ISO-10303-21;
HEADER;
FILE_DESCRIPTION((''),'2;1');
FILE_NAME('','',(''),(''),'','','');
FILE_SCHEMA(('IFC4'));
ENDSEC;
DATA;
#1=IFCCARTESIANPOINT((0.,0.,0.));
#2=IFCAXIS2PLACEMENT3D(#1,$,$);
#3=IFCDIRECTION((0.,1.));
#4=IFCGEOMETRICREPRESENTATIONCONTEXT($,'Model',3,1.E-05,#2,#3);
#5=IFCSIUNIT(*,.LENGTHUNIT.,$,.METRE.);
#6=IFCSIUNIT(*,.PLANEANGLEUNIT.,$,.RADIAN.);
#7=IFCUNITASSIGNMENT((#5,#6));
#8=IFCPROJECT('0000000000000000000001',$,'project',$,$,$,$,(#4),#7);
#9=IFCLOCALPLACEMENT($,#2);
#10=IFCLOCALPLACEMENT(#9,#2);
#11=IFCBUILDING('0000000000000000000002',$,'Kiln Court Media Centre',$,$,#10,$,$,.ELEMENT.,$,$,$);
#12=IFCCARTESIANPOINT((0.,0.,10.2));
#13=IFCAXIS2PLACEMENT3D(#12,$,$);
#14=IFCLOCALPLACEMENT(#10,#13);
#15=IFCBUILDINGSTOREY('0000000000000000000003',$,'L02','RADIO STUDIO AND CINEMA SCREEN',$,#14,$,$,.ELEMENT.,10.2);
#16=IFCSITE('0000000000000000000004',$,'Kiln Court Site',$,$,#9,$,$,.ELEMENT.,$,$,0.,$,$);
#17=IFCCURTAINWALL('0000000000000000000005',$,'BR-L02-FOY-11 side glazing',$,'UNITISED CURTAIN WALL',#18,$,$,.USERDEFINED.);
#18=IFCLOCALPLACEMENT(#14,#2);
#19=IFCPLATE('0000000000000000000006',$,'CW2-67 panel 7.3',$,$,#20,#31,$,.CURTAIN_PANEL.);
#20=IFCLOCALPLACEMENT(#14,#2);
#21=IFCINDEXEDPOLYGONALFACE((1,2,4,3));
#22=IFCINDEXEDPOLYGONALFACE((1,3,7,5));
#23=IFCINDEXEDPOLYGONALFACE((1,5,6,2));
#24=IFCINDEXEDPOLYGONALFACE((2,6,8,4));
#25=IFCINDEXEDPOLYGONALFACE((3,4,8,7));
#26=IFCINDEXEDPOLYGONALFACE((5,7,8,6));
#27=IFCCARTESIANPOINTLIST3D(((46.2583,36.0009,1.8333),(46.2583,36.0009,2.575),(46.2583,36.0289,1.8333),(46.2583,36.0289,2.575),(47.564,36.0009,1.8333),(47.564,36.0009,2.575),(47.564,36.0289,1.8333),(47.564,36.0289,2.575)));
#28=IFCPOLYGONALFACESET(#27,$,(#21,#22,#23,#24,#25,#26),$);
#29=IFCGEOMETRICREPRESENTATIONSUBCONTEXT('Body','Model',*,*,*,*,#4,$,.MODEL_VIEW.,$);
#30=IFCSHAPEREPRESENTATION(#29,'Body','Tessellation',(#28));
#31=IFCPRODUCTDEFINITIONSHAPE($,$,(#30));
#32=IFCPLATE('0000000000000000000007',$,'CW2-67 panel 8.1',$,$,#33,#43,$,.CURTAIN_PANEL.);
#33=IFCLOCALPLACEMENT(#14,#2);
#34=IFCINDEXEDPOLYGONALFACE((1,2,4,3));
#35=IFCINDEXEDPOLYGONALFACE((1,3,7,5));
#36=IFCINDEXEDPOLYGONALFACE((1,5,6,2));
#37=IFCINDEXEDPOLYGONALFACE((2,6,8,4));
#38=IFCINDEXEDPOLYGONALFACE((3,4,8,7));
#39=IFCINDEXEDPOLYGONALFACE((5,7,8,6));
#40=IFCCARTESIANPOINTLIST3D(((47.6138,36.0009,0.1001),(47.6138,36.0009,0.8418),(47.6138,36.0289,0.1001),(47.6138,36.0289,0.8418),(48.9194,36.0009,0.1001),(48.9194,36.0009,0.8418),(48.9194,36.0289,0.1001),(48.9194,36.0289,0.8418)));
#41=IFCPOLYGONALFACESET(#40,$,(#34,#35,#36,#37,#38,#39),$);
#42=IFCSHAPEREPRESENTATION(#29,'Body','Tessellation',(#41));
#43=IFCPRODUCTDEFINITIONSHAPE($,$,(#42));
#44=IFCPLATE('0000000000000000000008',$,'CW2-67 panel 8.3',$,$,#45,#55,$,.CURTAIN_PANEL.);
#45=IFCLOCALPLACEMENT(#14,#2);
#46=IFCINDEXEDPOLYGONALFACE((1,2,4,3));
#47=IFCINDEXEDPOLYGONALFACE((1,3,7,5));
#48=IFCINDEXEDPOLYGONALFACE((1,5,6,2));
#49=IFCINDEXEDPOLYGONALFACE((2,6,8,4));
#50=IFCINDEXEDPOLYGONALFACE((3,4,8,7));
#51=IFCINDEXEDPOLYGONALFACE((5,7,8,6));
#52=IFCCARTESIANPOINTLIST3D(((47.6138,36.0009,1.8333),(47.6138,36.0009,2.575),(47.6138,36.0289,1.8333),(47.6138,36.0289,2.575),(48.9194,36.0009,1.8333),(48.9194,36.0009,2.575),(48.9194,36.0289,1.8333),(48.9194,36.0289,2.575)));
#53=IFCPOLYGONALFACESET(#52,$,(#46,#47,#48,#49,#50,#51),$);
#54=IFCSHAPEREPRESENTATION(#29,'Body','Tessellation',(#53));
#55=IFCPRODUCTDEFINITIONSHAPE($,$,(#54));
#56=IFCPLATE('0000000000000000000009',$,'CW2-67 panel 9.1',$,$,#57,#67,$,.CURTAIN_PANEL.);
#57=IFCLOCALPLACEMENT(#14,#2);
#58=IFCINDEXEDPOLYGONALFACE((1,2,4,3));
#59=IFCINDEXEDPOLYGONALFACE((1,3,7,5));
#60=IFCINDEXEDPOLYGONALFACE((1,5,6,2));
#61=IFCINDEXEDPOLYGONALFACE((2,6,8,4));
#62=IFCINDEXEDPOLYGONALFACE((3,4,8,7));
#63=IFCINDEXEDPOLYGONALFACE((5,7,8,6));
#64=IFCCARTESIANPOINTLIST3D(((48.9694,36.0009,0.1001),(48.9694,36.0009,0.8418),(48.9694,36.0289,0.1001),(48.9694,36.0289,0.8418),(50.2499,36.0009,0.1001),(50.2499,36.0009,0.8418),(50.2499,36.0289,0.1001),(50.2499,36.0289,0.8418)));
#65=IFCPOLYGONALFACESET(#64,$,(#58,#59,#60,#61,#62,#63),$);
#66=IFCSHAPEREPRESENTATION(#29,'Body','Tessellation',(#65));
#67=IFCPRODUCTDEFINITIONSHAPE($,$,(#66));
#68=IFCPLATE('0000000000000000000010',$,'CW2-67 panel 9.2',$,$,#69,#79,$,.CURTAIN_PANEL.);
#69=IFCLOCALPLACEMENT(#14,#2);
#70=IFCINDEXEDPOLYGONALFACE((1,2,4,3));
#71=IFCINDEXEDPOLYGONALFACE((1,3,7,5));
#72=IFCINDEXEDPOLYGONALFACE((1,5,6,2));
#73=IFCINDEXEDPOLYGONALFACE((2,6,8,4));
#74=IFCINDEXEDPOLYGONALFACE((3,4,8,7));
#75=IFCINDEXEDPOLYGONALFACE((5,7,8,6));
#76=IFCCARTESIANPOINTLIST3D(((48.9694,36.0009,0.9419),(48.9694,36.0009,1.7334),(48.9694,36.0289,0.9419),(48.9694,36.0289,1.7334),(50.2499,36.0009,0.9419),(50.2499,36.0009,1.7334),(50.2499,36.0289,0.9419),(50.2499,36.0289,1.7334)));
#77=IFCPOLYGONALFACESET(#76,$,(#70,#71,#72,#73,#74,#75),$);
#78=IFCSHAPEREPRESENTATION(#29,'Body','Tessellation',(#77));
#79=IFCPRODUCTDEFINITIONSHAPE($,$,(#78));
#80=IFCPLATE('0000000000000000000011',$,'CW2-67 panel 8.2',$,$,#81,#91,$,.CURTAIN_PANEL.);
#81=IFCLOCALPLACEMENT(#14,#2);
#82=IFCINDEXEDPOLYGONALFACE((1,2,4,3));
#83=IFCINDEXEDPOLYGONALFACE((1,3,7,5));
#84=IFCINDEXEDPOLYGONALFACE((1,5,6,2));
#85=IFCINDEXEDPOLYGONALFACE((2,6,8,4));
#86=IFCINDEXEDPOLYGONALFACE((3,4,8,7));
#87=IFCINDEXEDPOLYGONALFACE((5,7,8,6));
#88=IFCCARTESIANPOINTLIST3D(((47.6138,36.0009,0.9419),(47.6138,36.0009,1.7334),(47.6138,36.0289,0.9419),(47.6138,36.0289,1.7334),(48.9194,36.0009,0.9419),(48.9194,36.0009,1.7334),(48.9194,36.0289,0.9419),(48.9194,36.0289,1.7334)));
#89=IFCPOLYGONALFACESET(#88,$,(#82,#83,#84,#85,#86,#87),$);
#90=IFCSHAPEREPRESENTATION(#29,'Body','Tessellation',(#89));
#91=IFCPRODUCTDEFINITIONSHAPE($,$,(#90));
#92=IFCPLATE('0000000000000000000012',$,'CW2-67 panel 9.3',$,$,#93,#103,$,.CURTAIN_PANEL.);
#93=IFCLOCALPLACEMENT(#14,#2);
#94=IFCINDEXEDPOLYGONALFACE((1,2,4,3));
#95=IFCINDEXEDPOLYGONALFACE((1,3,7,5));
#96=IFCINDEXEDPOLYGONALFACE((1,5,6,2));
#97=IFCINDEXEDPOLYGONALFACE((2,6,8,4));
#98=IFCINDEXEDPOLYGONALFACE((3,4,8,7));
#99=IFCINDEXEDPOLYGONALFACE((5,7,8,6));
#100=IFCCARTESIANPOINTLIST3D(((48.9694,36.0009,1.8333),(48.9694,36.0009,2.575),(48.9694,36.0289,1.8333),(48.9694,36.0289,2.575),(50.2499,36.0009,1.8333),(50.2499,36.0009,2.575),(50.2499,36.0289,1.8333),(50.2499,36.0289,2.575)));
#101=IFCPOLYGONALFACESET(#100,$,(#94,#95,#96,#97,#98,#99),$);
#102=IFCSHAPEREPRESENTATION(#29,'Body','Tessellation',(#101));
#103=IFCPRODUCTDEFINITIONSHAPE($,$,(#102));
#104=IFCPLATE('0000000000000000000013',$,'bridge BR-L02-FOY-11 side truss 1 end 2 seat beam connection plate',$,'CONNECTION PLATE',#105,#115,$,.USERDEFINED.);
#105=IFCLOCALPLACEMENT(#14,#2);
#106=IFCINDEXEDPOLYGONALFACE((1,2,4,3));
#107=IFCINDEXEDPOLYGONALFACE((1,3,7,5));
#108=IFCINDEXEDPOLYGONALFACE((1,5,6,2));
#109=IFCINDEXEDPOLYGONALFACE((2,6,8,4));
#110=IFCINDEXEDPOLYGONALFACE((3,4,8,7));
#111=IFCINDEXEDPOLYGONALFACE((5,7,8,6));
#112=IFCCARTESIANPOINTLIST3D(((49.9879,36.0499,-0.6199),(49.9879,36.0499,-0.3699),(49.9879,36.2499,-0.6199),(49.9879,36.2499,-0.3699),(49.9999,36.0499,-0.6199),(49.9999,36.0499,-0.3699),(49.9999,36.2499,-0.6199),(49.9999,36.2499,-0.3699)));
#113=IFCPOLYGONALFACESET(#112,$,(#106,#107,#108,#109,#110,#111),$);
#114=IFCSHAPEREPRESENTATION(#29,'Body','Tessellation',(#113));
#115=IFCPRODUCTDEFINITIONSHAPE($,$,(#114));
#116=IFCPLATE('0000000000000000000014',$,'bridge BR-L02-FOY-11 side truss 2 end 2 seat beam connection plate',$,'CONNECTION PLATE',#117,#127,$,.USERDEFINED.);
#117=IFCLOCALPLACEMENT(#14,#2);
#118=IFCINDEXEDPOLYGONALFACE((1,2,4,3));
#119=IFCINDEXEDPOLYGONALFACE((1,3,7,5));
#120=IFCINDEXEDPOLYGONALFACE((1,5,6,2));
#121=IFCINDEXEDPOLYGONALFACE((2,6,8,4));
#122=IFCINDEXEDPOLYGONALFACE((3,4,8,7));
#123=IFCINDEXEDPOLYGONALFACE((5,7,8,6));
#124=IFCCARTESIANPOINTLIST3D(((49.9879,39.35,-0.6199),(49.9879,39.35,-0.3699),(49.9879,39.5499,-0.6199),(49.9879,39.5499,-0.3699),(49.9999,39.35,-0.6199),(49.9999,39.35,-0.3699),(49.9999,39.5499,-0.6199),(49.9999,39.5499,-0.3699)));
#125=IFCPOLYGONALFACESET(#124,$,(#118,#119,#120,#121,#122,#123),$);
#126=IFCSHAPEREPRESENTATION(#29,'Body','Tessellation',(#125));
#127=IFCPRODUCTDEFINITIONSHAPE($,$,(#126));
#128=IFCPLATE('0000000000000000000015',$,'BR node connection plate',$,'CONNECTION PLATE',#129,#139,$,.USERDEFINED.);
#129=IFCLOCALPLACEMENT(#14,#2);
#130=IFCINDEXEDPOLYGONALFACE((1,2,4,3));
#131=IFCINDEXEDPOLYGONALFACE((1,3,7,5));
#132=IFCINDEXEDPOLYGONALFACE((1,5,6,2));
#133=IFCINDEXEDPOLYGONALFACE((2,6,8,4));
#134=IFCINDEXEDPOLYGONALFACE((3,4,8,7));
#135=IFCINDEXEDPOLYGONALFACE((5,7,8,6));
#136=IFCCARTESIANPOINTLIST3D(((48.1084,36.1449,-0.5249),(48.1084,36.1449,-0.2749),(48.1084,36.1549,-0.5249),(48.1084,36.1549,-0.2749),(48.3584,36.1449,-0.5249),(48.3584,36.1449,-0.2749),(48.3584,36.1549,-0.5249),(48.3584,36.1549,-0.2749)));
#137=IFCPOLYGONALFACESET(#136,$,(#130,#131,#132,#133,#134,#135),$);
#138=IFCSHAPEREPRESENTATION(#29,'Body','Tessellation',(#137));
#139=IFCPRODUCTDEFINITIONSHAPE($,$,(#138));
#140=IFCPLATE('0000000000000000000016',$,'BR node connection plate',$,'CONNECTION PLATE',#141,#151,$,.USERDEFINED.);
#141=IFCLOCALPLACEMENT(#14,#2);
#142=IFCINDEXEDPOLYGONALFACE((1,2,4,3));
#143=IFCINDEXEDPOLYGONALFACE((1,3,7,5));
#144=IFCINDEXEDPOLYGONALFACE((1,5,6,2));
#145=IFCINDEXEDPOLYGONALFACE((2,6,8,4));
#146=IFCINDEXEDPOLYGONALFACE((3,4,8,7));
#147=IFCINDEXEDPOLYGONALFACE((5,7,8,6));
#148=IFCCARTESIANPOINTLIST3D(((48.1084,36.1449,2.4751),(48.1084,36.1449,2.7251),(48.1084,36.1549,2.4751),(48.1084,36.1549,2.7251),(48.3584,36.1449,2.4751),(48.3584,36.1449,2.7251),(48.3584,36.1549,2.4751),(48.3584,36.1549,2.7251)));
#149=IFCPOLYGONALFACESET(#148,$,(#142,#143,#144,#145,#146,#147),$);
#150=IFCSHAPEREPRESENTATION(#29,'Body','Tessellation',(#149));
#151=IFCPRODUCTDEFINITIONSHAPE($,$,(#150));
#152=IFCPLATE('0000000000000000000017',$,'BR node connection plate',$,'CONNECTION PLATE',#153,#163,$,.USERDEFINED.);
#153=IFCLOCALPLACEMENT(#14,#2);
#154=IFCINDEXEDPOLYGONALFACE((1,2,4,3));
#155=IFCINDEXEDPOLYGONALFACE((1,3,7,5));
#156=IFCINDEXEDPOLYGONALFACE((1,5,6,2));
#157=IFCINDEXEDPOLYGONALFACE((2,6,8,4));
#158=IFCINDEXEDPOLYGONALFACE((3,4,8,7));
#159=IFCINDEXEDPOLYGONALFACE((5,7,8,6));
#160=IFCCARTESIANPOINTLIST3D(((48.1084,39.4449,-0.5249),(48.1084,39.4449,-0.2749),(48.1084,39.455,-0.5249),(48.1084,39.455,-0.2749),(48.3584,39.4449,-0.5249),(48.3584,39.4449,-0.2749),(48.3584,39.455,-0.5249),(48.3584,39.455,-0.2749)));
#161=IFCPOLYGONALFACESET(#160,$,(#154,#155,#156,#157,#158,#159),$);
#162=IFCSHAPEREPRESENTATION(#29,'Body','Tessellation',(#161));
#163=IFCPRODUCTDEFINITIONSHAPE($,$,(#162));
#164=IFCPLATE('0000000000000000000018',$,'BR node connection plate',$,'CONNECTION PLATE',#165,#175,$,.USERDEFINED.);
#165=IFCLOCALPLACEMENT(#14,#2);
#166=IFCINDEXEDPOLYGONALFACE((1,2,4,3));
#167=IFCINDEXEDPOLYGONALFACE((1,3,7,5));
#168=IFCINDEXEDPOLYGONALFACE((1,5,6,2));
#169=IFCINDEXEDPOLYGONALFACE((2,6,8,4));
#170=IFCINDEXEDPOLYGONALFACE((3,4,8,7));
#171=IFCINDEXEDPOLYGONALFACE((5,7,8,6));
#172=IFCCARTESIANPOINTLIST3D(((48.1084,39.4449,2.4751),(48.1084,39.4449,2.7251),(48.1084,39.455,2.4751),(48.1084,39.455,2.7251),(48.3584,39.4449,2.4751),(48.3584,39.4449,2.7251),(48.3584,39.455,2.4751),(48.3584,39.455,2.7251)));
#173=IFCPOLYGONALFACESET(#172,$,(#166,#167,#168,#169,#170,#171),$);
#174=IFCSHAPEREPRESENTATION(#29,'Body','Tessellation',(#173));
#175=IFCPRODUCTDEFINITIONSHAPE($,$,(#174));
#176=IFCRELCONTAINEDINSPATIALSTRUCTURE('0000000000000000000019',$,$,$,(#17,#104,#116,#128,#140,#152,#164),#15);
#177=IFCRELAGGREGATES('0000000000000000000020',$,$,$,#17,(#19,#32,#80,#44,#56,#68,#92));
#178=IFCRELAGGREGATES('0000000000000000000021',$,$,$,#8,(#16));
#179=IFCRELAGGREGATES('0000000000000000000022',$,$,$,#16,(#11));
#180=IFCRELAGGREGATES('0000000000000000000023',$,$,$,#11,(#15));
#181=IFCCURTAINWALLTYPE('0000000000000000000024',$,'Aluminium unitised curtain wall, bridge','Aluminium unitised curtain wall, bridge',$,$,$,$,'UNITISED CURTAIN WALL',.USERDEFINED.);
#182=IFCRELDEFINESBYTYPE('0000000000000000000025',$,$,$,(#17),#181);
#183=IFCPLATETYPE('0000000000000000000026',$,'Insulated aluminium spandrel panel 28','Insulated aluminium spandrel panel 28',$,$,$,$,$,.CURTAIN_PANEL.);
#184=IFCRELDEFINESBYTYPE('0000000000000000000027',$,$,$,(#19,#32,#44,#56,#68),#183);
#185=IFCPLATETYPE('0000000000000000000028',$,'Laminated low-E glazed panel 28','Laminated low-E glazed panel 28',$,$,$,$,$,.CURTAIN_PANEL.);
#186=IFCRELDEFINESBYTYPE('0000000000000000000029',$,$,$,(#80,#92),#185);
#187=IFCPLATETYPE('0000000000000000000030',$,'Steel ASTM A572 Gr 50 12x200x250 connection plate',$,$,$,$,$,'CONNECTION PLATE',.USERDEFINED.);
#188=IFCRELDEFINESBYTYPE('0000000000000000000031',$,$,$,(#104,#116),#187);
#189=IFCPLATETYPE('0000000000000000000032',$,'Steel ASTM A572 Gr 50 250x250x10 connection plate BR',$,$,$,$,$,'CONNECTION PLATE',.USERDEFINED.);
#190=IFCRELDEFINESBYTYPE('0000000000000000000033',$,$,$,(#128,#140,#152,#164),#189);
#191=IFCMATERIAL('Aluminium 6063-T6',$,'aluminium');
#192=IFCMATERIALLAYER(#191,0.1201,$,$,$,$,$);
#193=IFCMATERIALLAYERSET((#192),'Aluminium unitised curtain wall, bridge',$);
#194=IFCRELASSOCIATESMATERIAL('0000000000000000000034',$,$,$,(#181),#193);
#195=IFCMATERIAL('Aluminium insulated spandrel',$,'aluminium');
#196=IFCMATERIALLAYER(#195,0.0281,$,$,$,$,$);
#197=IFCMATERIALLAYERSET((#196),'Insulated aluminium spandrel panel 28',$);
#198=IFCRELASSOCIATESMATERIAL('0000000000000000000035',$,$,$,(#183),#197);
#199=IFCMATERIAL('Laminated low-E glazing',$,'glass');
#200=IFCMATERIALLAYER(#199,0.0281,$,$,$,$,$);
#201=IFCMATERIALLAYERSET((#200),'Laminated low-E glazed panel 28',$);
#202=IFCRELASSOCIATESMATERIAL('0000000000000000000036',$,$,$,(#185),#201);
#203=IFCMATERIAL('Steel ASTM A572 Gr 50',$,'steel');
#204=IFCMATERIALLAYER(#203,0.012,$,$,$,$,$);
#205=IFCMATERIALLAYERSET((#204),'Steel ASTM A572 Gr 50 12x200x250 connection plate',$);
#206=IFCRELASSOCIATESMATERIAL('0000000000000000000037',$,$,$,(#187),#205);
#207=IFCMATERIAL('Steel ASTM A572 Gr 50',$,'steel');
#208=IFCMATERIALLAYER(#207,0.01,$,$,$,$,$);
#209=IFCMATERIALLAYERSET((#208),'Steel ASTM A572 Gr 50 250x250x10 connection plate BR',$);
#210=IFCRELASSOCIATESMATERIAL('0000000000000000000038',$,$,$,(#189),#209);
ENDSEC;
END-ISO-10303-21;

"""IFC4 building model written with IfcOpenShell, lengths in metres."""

from ifc_helpers import new_model, si_unit, direction, frame, origin, origin_2d, place, context, subcontext, project, spatial, rectangle, extrude, material, layer, layer_set, type_object, element, aggregate, save


model = new_model("IFC4")

# Units and contexts
model_context = context("Model", 3, precision=1e-05, world=origin(), true_north=direction((0.0, 1.0)))
body_context = subcontext(model_context, "Body", "Model", "MODEL_VIEW")
ifc_project = project(units=[si_unit("LENGTHUNIT", "METRE"), si_unit("PLANEANGLEUNIT", "RADIAN")], contexts=[model_context])

# Site, building, storey
site_placement = place(None, origin())
site = spatial("IfcSite", under=ifc_project, at=site_placement, Name="Kiln Court Site", CompositionType="ELEMENT", RefElevation=0.0)
building_placement = place(site_placement, origin())
building = spatial("IfcBuilding", under=site, at=building_placement, Name="Kiln Court Media Centre", CompositionType="ELEMENT")
storey_placement = place(building_placement, frame((0.0, 0.0, 10.2)))
storey = spatial("IfcBuildingStorey", under=building, at=storey_placement, Name="L02", Description="RADIO STUDIO AND CINEMA SCREEN", CompositionType="ELEMENT", Elevation=10.2)

# Curtain wall
ifc_material_1 = material(Name="Aluminium 6063-T6", Category="aluminium")
ifc_layer_1 = layer(ifc_material_1, 0.1201)
ifc_layer_set_1 = layer_set([ifc_layer_1], Name="Aluminium unitised curtain wall, bridge")
curtain_wall_type = type_object("IfcCurtainWallType", Name="Aluminium unitised curtain wall, bridge", Description="Aluminium unitised curtain wall, bridge", ElementType="UNITISED CURTAIN WALL", PredefinedType="USERDEFINED", material=ifc_layer_set_1)
curtain_wall_placement = place(storey_placement, origin())
curtain_wall = element("IfcCurtainWall", 1, at=curtain_wall_placement, inside=storey, type_object=curtain_wall_type, Name="BR-L02-FOY-11 side glazing", ObjectType="UNITISED CURTAIN WALL", PredefinedType="USERDEFINED")

# Plates
ifc_material_2 = material(Name="Aluminium insulated spandrel", Category="aluminium")
ifc_layer_2 = layer(ifc_material_2, 0.0281)
ifc_layer_set_2 = layer_set([ifc_layer_2], Name="Insulated aluminium spandrel panel 28")
plate_type_1 = type_object("IfcPlateType", Name="Insulated aluminium spandrel panel 28", Description="Insulated aluminium spandrel panel 28", PredefinedType="CURTAIN_PANEL", material=ifc_layer_set_2)
plate_1_placement = place(storey_placement, frame((46.9111, 36.0149, 1.8333), z_axis=(0.0, 0.0, 1.0), x_axis=(1.0, 0.0, 0.0)))
plate_1 = element("IfcPlate", 2, at=plate_1_placement, type_object=plate_type_1, Name="CW2-67 panel 7.3", PredefinedType="CURTAIN_PANEL", context=body_context, shape_type="SweptSolid", body=[
    extrude(rectangle(XDim=1.3057, YDim=0.0281, at=origin_2d()), origin(), (0.0, 0.0, 1.0), 0.7417),
])
plate_2_placement = place(storey_placement, frame((48.2666, 36.0149, 0.1001), z_axis=(0.0, 0.0, 1.0), x_axis=(1.0, 0.0, 0.0)))
plate_2 = element("IfcPlate", 3, at=plate_2_placement, type_object=plate_type_1, Name="CW2-67 panel 8.1", PredefinedType="CURTAIN_PANEL", context=body_context, shape_type="SweptSolid", body=[
    extrude(rectangle(XDim=1.3057, YDim=0.0281, at=origin_2d()), origin(), (0.0, 0.0, 1.0), 0.7417),
])
plate_3_placement = place(storey_placement, frame((48.2666, 36.0149, 1.8333), z_axis=(0.0, 0.0, 1.0), x_axis=(1.0, 0.0, 0.0)))
plate_3 = element("IfcPlate", 4, at=plate_3_placement, type_object=plate_type_1, Name="CW2-67 panel 8.3", PredefinedType="CURTAIN_PANEL", context=body_context, shape_type="SweptSolid", body=[
    extrude(rectangle(XDim=1.3057, YDim=0.0281, at=origin_2d()), origin(), (0.0, 0.0, 1.0), 0.7417),
])
plate_4_placement = place(storey_placement, frame((49.6096, 36.0149, 0.1001), z_axis=(0.0, 0.0, 1.0), x_axis=(1.0, 0.0, 0.0)))
plate_4 = element("IfcPlate", 5, at=plate_4_placement, type_object=plate_type_1, Name="CW2-67 panel 9.1", PredefinedType="CURTAIN_PANEL", context=body_context, shape_type="SweptSolid", body=[
    extrude(rectangle(XDim=1.2805, YDim=0.0281, at=origin_2d()), origin(), (0.0, 0.0, 1.0), 0.7417),
])
plate_5_placement = place(storey_placement, frame((49.6096, 36.0149, 0.9419), z_axis=(0.0, 0.0, 1.0), x_axis=(1.0, 0.0, 0.0)))
plate_5 = element("IfcPlate", 6, at=plate_5_placement, type_object=plate_type_1, Name="CW2-67 panel 9.2", PredefinedType="CURTAIN_PANEL", context=body_context, shape_type="SweptSolid", body=[
    extrude(rectangle(XDim=1.2805, YDim=0.0281, at=origin_2d()), origin(), (0.0, 0.0, 1.0), 0.7915),
])
ifc_material_3 = material(Name="Laminated low-E glazing", Category="glass")
ifc_layer_3 = layer(ifc_material_3, 0.0281)
ifc_layer_set_3 = layer_set([ifc_layer_3], Name="Laminated low-E glazed panel 28")
plate_type_2 = type_object("IfcPlateType", Name="Laminated low-E glazed panel 28", Description="Laminated low-E glazed panel 28", PredefinedType="CURTAIN_PANEL", material=ifc_layer_set_3)
plate_6_placement = place(storey_placement, frame((48.2666, 36.0149, 0.9419), z_axis=(0.0, 0.0, 1.0), x_axis=(1.0, 0.0, 0.0)))
plate_6 = element("IfcPlate", 7, at=plate_6_placement, type_object=plate_type_2, Name="CW2-67 panel 8.2", PredefinedType="CURTAIN_PANEL", context=body_context, shape_type="SweptSolid", body=[
    extrude(rectangle(XDim=1.3057, YDim=0.0281, at=origin_2d()), origin(), (0.0, 0.0, 1.0), 0.7915),
])
plate_7_placement = place(storey_placement, frame((49.6096, 36.0149, 1.8333), z_axis=(0.0, 0.0, 1.0), x_axis=(1.0, 0.0, 0.0)))
plate_7 = element("IfcPlate", 8, at=plate_7_placement, type_object=plate_type_2, Name="CW2-67 panel 9.3", PredefinedType="CURTAIN_PANEL", context=body_context, shape_type="SweptSolid", body=[
    extrude(rectangle(XDim=1.2805, YDim=0.0281, at=origin_2d()), origin(), (0.0, 0.0, 1.0), 0.7417),
])
aggregate(curtain_wall, [plate_1, plate_2, plate_6, plate_3, plate_4, plate_5, plate_7])

# Plates
ifc_material_4 = material(Name="Steel ASTM A572 Gr 50", Category="steel")
ifc_layer_4 = layer(ifc_material_4, 0.012)
ifc_layer_set_4 = layer_set([ifc_layer_4], Name="Steel ASTM A572 Gr 50 12x200x250 connection plate")
plate_type_3 = type_object("IfcPlateType", Name="Steel ASTM A572 Gr 50 12x200x250 connection plate", ElementType="CONNECTION PLATE", PredefinedType="USERDEFINED", material=ifc_layer_set_4)
for number, where, z_axis, x_axis, name in (
    (9, (49.9939, 36.1499, -0.6199), (0.0, 0.0, 1.0), (1.0, 0.0, 0.0), "bridge BR-L02-FOY-11 side truss 1 end 2 seat beam connection plate"),
    (10, (49.9939, 39.45, -0.6199), (0.0, 0.0, 1.0), (1.0, 0.0, 0.0), "bridge BR-L02-FOY-11 side truss 2 end 2 seat beam connection plate"),
):
    element("IfcPlate", number, at=place(storey_placement, frame(where, z_axis=z_axis, x_axis=x_axis)), inside=storey, type_object=plate_type_3, Name=name, ObjectType="CONNECTION PLATE", PredefinedType="USERDEFINED", context=body_context, shape_type="SweptSolid", body=[
        extrude(rectangle(XDim=0.012, YDim=0.2, at=origin_2d()), origin(), (0.0, 0.0, 1.0), 0.25),
    ])
ifc_material_5 = material(Name="Steel ASTM A572 Gr 50", Category="steel")
ifc_layer_5 = layer(ifc_material_5, 0.01)
ifc_layer_set_5 = layer_set([ifc_layer_5], Name="Steel ASTM A572 Gr 50 250x250x10 connection plate BR")
plate_type_4 = type_object("IfcPlateType", Name="Steel ASTM A572 Gr 50 250x250x10 connection plate BR", ElementType="CONNECTION PLATE", PredefinedType="USERDEFINED", material=ifc_layer_set_5)
for number, where, z_axis, x_axis, name in (
    (11, (48.2334, 36.1499, -0.5249), (0.0, 0.0, 1.0), (1.0, 0.0, 0.0), "BR node connection plate"),
    (12, (48.2334, 36.1499, 2.4751), (0.0, 0.0, 1.0), (1.0, 0.0, 0.0), "BR node connection plate"),
    (13, (48.2334, 39.45, -0.5249), (0.0, 0.0, 1.0), (1.0, 0.0, 0.0), "BR node connection plate"),
    (14, (48.2334, 39.45, 2.4751), (0.0, 0.0, 1.0), (1.0, 0.0, 0.0), "BR node connection plate"),
):
    element("IfcPlate", number, at=place(storey_placement, frame(where, z_axis=z_axis, x_axis=x_axis)), inside=storey, type_object=plate_type_4, Name=name, ObjectType="CONNECTION PLATE", PredefinedType="USERDEFINED", context=body_context, shape_type="SweptSolid", body=[
        extrude(rectangle(XDim=0.25, YDim=0.01, at=origin_2d()), origin(), (0.0, 0.0, 1.0), 0.25),
    ])

save(model, "model.ifc")
